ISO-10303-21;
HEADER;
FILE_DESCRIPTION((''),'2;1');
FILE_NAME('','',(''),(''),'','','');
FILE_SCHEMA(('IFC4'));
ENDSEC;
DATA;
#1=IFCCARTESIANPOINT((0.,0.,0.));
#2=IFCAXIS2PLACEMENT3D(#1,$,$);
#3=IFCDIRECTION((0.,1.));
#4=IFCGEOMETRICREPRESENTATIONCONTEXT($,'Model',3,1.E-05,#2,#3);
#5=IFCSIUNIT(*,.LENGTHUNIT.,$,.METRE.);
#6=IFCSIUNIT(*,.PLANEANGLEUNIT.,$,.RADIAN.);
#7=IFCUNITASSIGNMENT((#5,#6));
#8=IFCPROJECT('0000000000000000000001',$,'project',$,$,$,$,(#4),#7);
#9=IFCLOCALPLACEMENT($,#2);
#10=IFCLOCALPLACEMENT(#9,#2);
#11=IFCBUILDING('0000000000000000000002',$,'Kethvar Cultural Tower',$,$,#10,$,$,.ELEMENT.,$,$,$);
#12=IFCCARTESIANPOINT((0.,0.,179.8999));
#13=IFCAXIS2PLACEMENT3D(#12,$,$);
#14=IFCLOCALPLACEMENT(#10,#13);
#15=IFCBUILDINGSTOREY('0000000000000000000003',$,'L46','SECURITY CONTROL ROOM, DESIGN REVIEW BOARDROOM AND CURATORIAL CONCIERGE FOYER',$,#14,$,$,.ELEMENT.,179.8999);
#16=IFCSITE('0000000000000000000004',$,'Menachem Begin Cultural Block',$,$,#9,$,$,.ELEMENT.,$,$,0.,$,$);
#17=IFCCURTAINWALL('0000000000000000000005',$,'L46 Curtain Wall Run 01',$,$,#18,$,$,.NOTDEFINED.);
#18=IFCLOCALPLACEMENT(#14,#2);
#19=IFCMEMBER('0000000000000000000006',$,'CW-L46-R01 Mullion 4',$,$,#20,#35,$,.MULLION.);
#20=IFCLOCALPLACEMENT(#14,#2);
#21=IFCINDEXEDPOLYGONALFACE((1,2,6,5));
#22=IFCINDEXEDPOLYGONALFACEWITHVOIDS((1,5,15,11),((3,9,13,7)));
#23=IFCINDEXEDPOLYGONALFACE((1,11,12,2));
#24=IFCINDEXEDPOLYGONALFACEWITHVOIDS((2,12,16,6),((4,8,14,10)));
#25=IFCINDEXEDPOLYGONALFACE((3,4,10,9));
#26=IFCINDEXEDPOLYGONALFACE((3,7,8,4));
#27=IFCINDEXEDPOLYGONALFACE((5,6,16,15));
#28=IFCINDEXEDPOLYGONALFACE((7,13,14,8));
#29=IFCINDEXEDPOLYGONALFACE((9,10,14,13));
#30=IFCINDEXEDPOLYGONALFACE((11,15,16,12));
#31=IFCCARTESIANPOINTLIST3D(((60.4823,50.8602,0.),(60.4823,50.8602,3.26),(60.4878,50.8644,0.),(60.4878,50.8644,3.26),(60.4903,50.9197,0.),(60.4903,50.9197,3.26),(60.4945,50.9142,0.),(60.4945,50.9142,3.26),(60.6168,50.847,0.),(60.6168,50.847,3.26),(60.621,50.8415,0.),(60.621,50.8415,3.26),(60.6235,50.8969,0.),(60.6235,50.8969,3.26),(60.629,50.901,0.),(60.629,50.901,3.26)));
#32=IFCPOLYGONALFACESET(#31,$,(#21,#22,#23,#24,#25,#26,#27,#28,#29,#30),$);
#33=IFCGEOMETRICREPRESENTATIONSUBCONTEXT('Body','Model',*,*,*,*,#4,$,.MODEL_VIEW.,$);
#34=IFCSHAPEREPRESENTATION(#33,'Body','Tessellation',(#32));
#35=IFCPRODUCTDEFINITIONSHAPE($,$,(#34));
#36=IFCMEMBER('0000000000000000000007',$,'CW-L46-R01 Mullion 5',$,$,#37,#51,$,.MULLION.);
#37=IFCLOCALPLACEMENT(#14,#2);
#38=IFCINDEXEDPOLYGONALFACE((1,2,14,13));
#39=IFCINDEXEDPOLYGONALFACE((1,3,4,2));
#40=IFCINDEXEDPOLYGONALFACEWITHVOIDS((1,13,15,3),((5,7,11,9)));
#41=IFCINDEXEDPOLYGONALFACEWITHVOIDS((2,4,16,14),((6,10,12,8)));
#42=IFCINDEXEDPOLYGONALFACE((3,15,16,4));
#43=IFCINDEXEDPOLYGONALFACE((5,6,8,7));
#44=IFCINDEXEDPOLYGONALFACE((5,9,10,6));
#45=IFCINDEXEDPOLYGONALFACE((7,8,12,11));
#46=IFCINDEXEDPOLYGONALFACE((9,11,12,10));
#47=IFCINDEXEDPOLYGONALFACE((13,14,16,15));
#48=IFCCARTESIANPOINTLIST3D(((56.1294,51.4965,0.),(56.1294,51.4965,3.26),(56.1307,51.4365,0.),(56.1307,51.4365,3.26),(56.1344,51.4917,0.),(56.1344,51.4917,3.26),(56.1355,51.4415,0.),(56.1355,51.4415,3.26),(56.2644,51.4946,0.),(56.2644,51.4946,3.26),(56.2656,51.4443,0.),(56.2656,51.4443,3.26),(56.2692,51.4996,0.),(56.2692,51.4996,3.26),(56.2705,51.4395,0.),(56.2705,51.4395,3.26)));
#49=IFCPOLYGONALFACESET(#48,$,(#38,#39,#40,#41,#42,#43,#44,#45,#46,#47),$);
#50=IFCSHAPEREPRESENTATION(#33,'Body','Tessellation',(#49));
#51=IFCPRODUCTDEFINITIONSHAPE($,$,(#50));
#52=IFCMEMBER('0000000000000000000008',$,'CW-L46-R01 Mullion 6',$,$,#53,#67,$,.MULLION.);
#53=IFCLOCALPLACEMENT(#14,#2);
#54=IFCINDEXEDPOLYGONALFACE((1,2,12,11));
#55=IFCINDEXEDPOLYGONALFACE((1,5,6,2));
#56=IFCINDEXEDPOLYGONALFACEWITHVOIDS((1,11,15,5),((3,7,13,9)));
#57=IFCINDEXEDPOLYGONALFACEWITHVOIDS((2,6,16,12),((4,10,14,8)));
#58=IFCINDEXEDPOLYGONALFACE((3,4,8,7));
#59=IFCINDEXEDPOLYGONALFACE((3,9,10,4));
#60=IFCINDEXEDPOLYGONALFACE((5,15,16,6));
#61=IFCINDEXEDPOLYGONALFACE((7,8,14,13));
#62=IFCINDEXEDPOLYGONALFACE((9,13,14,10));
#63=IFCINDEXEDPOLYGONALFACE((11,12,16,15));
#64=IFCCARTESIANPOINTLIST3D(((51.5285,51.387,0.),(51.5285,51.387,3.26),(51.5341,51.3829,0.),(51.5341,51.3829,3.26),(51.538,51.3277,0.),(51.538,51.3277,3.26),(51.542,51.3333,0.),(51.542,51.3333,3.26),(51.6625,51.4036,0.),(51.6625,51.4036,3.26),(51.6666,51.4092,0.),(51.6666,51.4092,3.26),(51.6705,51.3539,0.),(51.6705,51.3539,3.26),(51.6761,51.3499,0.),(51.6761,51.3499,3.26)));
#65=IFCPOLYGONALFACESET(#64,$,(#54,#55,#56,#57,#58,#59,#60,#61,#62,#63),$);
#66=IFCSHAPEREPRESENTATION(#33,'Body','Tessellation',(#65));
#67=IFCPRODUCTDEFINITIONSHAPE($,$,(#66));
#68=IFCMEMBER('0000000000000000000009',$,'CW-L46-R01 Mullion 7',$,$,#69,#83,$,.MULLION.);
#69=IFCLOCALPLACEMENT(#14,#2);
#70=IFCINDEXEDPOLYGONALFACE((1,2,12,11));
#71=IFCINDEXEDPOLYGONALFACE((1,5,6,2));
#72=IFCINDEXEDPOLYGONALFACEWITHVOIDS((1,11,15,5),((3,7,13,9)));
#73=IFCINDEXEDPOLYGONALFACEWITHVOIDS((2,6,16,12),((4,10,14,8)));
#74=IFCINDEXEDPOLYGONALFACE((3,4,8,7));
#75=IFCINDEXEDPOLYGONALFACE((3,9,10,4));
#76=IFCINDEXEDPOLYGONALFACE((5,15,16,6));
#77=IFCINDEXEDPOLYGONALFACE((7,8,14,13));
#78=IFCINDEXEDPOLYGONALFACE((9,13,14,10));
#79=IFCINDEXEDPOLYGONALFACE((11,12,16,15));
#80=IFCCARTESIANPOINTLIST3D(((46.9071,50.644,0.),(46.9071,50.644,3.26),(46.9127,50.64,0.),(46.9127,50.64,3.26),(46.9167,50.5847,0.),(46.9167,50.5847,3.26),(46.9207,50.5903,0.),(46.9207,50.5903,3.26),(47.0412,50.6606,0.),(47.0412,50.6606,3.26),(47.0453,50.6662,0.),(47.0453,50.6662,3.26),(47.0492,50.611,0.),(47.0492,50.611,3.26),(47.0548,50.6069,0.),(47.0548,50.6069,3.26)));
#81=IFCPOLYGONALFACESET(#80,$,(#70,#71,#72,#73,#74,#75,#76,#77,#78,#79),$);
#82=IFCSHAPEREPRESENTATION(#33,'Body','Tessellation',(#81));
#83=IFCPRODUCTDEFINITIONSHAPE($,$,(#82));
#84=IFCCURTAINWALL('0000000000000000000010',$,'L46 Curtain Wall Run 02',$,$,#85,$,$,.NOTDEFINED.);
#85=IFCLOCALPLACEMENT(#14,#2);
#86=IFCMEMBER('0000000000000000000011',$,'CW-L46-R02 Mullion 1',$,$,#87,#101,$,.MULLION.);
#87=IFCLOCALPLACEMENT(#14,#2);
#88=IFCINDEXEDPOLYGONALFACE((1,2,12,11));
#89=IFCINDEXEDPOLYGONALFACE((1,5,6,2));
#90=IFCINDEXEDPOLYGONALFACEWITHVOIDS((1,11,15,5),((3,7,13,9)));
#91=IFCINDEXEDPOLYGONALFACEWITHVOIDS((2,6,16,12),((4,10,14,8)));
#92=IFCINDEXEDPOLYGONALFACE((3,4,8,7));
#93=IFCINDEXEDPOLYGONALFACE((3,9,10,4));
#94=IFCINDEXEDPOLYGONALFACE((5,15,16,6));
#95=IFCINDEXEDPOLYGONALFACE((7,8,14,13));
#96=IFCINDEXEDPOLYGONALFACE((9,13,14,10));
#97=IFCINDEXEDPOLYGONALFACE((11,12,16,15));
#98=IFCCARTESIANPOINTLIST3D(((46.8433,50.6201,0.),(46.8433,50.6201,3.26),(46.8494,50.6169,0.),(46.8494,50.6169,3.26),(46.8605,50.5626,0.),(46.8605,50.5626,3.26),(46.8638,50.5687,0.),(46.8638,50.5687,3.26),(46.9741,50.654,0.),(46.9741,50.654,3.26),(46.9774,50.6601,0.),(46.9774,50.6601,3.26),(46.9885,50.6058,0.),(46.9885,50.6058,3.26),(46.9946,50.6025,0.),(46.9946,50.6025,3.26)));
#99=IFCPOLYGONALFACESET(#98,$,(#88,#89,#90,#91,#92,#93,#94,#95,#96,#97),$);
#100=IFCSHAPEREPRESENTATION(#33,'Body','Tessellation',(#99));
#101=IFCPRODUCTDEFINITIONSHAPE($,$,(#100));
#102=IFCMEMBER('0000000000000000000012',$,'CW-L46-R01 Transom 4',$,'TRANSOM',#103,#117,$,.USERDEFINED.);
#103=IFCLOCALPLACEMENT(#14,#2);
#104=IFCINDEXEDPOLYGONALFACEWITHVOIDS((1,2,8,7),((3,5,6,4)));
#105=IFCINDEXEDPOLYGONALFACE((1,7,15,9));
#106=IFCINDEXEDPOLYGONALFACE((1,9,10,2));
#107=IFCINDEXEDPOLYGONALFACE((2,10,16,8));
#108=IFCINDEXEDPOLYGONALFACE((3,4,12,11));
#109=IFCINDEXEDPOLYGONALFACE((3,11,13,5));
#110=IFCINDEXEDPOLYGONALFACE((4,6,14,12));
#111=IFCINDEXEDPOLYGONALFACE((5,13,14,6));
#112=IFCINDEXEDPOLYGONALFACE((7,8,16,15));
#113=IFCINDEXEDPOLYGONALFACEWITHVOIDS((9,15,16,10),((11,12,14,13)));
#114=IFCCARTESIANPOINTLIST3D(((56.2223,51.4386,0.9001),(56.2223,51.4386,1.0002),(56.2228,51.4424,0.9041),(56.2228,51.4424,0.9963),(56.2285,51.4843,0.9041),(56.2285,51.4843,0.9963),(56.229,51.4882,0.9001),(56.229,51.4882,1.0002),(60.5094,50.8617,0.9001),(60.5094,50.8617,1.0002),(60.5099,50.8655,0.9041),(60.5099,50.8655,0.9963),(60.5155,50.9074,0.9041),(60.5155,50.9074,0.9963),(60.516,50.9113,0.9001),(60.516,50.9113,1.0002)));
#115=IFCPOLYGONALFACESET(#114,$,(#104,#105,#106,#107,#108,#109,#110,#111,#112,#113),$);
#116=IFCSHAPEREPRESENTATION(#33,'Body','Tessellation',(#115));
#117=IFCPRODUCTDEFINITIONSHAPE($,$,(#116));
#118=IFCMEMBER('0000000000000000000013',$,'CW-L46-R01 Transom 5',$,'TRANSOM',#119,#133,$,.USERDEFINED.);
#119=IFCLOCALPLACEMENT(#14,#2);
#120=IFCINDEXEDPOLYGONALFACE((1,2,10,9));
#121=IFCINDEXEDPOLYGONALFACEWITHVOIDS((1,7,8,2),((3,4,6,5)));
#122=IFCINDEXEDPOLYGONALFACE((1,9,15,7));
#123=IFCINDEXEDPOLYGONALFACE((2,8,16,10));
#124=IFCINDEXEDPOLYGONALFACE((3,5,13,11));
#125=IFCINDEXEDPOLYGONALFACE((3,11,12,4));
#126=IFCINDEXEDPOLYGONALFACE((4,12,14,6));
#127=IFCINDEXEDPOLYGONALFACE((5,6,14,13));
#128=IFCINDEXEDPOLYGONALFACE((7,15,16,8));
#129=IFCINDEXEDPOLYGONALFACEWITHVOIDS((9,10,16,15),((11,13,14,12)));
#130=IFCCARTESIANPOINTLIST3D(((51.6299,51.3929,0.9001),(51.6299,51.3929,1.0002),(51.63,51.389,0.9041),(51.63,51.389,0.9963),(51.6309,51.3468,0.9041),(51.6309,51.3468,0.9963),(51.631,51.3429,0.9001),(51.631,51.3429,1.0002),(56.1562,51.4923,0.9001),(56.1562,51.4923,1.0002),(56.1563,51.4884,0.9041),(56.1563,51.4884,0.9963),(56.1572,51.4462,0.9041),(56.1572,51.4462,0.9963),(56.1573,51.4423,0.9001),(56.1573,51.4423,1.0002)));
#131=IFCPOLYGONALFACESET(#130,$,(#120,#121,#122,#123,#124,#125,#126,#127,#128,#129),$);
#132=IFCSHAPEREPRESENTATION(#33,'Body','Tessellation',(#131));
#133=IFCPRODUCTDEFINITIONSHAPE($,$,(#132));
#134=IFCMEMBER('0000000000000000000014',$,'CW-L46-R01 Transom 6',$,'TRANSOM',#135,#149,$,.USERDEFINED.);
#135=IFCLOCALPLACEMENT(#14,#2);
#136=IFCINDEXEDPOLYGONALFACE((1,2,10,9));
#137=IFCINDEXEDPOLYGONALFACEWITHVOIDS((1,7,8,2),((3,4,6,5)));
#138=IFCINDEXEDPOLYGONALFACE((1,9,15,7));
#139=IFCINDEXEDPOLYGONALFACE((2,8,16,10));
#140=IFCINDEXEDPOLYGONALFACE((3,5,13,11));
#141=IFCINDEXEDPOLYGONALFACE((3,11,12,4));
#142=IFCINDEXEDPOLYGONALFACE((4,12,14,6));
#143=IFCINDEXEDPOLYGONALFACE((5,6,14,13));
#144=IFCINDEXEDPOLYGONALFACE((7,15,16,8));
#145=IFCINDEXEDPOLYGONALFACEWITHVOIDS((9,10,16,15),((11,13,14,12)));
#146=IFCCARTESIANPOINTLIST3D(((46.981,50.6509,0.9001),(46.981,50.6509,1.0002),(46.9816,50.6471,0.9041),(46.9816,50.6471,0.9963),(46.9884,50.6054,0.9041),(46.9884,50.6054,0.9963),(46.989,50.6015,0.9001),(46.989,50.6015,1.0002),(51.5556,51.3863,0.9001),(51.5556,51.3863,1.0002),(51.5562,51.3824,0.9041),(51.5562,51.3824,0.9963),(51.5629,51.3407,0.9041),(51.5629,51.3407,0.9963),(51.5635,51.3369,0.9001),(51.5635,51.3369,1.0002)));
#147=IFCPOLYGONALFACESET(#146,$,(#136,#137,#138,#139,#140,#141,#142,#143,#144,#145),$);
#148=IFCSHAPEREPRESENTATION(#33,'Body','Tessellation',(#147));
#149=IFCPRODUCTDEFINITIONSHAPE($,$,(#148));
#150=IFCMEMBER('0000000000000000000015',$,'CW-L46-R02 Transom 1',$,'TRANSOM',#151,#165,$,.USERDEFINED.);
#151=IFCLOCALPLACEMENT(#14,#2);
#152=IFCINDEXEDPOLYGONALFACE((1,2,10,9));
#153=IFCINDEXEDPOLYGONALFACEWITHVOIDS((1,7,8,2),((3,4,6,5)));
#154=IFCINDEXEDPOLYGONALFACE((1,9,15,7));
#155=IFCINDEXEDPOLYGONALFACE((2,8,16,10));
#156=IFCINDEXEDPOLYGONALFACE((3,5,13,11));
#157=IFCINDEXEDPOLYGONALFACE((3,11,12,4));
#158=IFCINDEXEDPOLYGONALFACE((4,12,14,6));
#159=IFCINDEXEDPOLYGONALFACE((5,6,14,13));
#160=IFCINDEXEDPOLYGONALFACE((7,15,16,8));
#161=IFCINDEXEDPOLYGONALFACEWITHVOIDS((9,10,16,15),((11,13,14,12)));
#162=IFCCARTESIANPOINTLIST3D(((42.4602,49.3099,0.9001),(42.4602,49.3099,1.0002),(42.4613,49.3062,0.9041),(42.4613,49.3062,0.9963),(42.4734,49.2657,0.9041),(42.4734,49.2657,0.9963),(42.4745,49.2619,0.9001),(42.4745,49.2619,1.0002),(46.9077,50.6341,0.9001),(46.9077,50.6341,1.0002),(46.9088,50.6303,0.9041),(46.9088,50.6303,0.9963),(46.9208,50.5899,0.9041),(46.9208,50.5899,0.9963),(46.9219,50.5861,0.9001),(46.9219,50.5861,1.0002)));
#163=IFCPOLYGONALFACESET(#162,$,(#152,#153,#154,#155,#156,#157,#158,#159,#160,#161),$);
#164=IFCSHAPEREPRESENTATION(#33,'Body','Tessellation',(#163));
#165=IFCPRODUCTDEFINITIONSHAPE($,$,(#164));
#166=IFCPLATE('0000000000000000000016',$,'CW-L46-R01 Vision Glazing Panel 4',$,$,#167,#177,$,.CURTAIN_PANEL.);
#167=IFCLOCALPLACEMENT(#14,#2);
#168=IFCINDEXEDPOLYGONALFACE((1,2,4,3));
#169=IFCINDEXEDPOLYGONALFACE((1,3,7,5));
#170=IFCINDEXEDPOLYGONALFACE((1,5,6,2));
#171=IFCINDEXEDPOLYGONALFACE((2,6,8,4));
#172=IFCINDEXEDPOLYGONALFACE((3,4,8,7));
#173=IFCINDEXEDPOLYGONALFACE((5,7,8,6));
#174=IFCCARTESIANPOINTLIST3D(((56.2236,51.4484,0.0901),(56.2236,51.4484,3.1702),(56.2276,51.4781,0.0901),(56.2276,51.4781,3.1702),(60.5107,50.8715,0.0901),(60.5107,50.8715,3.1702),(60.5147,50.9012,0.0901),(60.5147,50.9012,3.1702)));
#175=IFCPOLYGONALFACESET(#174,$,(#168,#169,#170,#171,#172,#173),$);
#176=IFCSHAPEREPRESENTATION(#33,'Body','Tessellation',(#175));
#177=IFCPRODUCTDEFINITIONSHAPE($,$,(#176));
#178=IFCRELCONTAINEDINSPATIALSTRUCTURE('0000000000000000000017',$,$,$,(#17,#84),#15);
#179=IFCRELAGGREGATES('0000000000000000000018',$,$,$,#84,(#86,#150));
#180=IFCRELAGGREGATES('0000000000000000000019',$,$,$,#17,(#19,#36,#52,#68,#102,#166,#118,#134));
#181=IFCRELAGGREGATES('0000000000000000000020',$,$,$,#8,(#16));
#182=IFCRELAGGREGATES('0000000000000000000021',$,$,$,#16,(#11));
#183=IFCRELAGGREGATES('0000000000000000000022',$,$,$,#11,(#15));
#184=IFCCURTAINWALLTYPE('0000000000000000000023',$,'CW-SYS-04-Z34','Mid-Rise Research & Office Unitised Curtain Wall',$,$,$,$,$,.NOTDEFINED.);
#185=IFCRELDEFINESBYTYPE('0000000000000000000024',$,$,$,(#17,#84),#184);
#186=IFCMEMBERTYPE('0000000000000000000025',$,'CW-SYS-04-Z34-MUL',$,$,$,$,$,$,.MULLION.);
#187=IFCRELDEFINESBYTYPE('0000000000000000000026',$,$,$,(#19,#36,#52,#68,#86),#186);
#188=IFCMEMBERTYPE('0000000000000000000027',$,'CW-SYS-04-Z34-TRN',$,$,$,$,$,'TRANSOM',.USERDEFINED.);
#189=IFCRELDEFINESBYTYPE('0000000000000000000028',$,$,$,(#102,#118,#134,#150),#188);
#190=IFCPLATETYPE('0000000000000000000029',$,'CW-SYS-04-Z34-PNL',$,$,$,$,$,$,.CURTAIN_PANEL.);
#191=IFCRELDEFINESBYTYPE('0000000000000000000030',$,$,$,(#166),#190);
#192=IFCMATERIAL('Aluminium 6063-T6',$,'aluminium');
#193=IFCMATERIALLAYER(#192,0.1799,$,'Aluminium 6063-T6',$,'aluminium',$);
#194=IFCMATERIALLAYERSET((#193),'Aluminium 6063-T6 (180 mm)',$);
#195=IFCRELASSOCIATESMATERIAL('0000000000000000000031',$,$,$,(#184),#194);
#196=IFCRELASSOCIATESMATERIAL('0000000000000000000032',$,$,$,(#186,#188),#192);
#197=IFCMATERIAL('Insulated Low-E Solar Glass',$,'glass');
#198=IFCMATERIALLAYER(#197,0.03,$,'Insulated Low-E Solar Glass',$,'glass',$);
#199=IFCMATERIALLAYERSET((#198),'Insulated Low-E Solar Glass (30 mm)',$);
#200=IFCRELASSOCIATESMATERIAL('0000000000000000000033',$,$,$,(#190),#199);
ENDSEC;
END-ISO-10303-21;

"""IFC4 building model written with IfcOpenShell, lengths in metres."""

from ifc_helpers import new_model, si_unit, direction, frame, origin, origin_2d, place, context, subcontext, project, spatial, rectangle, hollow_rectangle, extrude, source, transform, mapped, material, layer, layer_set, material_profile, profile_set, type_object, element, aggregate, save


model = new_model("IFC4")

# Units and contexts
model_context = context("Model", 3, precision=1e-05, world=origin(), true_north=direction((0.0, 1.0)))
body_context = subcontext(model_context, "Body", "Model", "MODEL_VIEW")
ifc_project = project(units=[si_unit("LENGTHUNIT", "METRE"), si_unit("PLANEANGLEUNIT", "RADIAN")], contexts=[model_context])

# Site, building, storey
site_placement = place(None, origin())
site = spatial("IfcSite", under=ifc_project, at=site_placement, Name="Menachem Begin Cultural Block", CompositionType="ELEMENT", RefElevation=0.0)
building_placement = place(site_placement, origin())
building = spatial("IfcBuilding", under=site, at=building_placement, Name="Kethvar Cultural Tower", CompositionType="ELEMENT")
storey_placement = place(building_placement, frame((0.0, 0.0, 179.8999)))
storey = spatial("IfcBuildingStorey", under=building, at=storey_placement, Name="L46", Description="SECURITY CONTROL ROOM, DESIGN REVIEW BOARDROOM AND CURATORIAL CONCIERGE FOYER", CompositionType="ELEMENT", Elevation=179.8999)

# Curtain wall, members
ifc_material_1 = material(Name="Aluminium 6063-T6", Category="aluminium")
ifc_layer_1 = layer(ifc_material_1, 0.1799, Name="Aluminium 6063-T6", Category="aluminium")
ifc_layer_set_1 = layer_set([ifc_layer_1], Name="Aluminium 6063-T6 (180 mm)")
curtain_wall_type = type_object("IfcCurtainWallType", Name="CW-SYS-04-Z34", Description="Mid-Rise Research & Office Unitised Curtain Wall", PredefinedType="NOTDEFINED", material=ifc_layer_set_1)
curtain_wall_1_placement = place(storey_placement, origin())
curtain_wall_1 = element("IfcCurtainWall", 1, at=curtain_wall_1_placement, inside=storey, type_object=curtain_wall_type, Name="L46 Curtain Wall Run 01", PredefinedType="NOTDEFINED")
ifc_material_profile_1 = material_profile(ifc_material_1, hollow_rectangle(XDim=0.0601, YDim=0.1399, WallThickness=0.0049, at=origin_2d()), Name="Aluminium 6063-T6 — RHS140x60x5")
ifc_profile_set_1 = profile_set([ifc_material_profile_1], Name="Aluminium 6063-T6 — RHS140x60x5")
member_type_1 = type_object("IfcMemberType", Name="CW-SYS-04-Z34-MUL", PredefinedType="MULLION", material=ifc_profile_set_1)
shared_shape_1 = source(origin(), body_context, "Body", "SweptSolid", [
    extrude(hollow_rectangle(XDim=0.0601, YDim=0.1399, WallThickness=0.0049, at=origin_2d()), origin(), (0.0, 0.0, 1.0), 3.26),
])
member_1_placement = place(storey_placement, frame((60.5557, 50.8806, 0.0), z_axis=(0.0, 0.0, 1.0), x_axis=(-0.133364, -0.991067, 0.0)))
member_1 = element("IfcMember", 2, at=member_1_placement, type_object=member_type_1, Name="CW-L46-R01 Mullion 4", PredefinedType="MULLION", context=body_context, shape_type="MappedRepresentation", body=[
    mapped(shared_shape_1, transform((0.0, 0.0, 0.0), scale=1.0)),
])
member_2_placement = place(storey_placement, frame((56.2, 51.468, 0.0), z_axis=(0.0, 0.0, 1.0), x_axis=(0.02192, -0.99976, 0.0)))
member_2 = element("IfcMember", 3, at=member_2_placement, type_object=member_type_1, Name="CW-L46-R01 Mullion 5", PredefinedType="MULLION", context=body_context, shape_type="MappedRepresentation", body=[
    mapped(shared_shape_1, transform((0.0, 0.0, 0.0), scale=1.0)),
])
member_3_placement = place(storey_placement, frame((51.6023, 51.3684, 0.0), z_axis=(0.0, 0.0, 1.0), x_axis=(0.15871, -0.987325, 0.0)))
member_3 = element("IfcMember", 4, at=member_3_placement, type_object=member_type_1, Name="CW-L46-R01 Mullion 6", PredefinedType="MULLION", context=body_context, shape_type="MappedRepresentation", body=[
    mapped(shared_shape_1, transform((0.0, 0.0, 0.0), scale=1.0)),
])
member_4_placement = place(storey_placement, frame((46.981, 50.6255, 0.0), z_axis=(0.0, 0.0, 1.0), x_axis=(0.15871, -0.987325, 0.0)))
member_4 = element("IfcMember", 5, at=member_4_placement, type_object=member_type_1, Name="CW-L46-R01 Mullion 7", PredefinedType="MULLION", context=body_context, shape_type="MappedRepresentation", body=[
    mapped(shared_shape_1, transform((0.0, 0.0, 0.0), scale=1.0)),
])

# Curtain wall, member
curtain_wall_2_placement = place(storey_placement, origin())
curtain_wall_2 = element("IfcCurtainWall", 6, at=curtain_wall_2_placement, inside=storey, type_object=curtain_wall_type, Name="L46 Curtain Wall Run 02", PredefinedType="NOTDEFINED")
member_5_placement = place(storey_placement, frame((46.9189, 50.6113, 0.0), z_axis=(0.0, 0.0, 1.0), x_axis=(0.285371, -0.958417, 0.0)))
member_5 = element("IfcMember", 7, at=member_5_placement, type_object=member_type_1, Name="CW-L46-R02 Mullion 1", PredefinedType="MULLION", context=body_context, shape_type="MappedRepresentation", body=[
    mapped(shared_shape_1, transform((0.0, 0.0, 0.0), scale=1.0)),
])

# Members
ifc_material_profile_2 = material_profile(ifc_material_1, hollow_rectangle(XDim=0.05, YDim=0.1001, WallThickness=0.0039, at=origin_2d()), Name="Aluminium 6063-T6 — RHS100x50x4")
ifc_profile_set_2 = profile_set([ifc_material_profile_2], Name="Aluminium 6063-T6 — RHS100x50x4")
member_type_2 = type_object("IfcMemberType", Name="CW-SYS-04-Z34-TRN", ElementType="TRANSOM", PredefinedType="USERDEFINED", material=ifc_profile_set_2)
shared_shape_2 = source(origin(), body_context, "Body", "SweptSolid", [
    extrude(hollow_rectangle(XDim=0.05, YDim=0.1001, WallThickness=0.0039, at=origin_2d()), origin(), (0.0, 0.0, 1.0), 4.3257),
])
member_6_placement = place(storey_placement, frame((60.5127, 50.8865, 0.9502), z_axis=(-0.991067, 0.133365, 0.0), x_axis=(-0.133365, -0.991067, 0.0)))
member_6 = element("IfcMember", 8, at=member_6_placement, type_object=member_type_2, Name="CW-L46-R01 Transom 4", ObjectType="TRANSOM", PredefinedType="USERDEFINED", context=body_context, shape_type="MappedRepresentation", body=[
    mapped(shared_shape_2, transform((0.0, 0.0, 0.0), scale=1.0)),
])
shared_shape_3 = source(origin(), body_context, "Body", "SweptSolid", [
    extrude(hollow_rectangle(XDim=0.05, YDim=0.1001, WallThickness=0.0039, at=origin_2d()), origin(), (0.0, 0.0, 1.0), 4.5273),
])
member_7_placement = place(storey_placement, frame((56.1567, 51.4673, 0.9502), z_axis=(-0.999759, -0.021947, 0.0), x_axis=(0.021947, -0.999759, 0.0)))
member_7 = element("IfcMember", 9, at=member_7_placement, type_object=member_type_2, Name="CW-L46-R01 Transom 5", ObjectType="TRANSOM", PredefinedType="USERDEFINED", context=body_context, shape_type="MappedRepresentation", body=[
    mapped(shared_shape_3, transform((0.0, 0.0, 0.0), scale=1.0)),
])
shared_shape_4 = source(origin(), body_context, "Body", "SweptSolid", [
    extrude(hollow_rectangle(XDim=0.05, YDim=0.1001, WallThickness=0.0039, at=origin_2d()), origin(), (0.0, 0.0, 1.0), 4.6333),
])
member_8_placement = place(storey_placement, frame((51.5596, 51.3616, 0.9502), z_axis=(-0.987325, -0.158714, 0.0), x_axis=(0.158714, -0.987325, 0.0)))
member_8 = element("IfcMember", 10, at=member_8_placement, type_object=member_type_2, Name="CW-L46-R01 Transom 6", ObjectType="TRANSOM", PredefinedType="USERDEFINED", context=body_context, shape_type="MappedRepresentation", body=[
    mapped(shared_shape_4, transform((0.0, 0.0, 0.0), scale=1.0)),
])
shared_shape_5 = source(origin(), body_context, "Body", "SweptSolid", [
    extrude(hollow_rectangle(XDim=0.05, YDim=0.1001, WallThickness=0.0039, at=origin_2d()), origin(), (0.0, 0.0, 1.0), 4.6404),
])
member_9_placement = place(storey_placement, frame((46.9148, 50.6101, 0.9502), z_axis=(-0.958419, -0.285363, 0.0), x_axis=(0.285363, -0.958419, 0.0)))
member_9 = element("IfcMember", 11, at=member_9_placement, type_object=member_type_2, Name="CW-L46-R02 Transom 1", ObjectType="TRANSOM", PredefinedType="USERDEFINED", context=body_context, shape_type="MappedRepresentation", body=[
    mapped(shared_shape_5, transform((0.0, 0.0, 0.0), scale=1.0)),
])
aggregate(curtain_wall_2, [member_5, member_9])

# Plate
ifc_material_2 = material(Name="Insulated Low-E Solar Glass", Category="glass")
ifc_layer_2 = layer(ifc_material_2, 0.03, Name="Insulated Low-E Solar Glass", Category="glass")
ifc_layer_set_2 = layer_set([ifc_layer_2], Name="Insulated Low-E Solar Glass (30 mm)")
plate_type = type_object("IfcPlateType", Name="CW-SYS-04-Z34-PNL", PredefinedType="CURTAIN_PANEL", material=ifc_layer_set_2)
shared_shape_6 = source(origin(), body_context, "Body", "SweptSolid", [
    extrude(rectangle(XDim=4.3257, YDim=0.03, at=origin_2d()), origin(), (0.0, 0.0, 1.0), 3.0801),
])
plate_1_placement = place(storey_placement, frame((58.3691, 51.1748, 0.0901), z_axis=(0.0, 0.0, 1.0), x_axis=(-0.991067, 0.133364, 0.0)))
plate_1 = element("IfcPlate", 12, at=plate_1_placement, type_object=plate_type, Name="CW-L46-R01 Vision Glazing Panel 4", PredefinedType="CURTAIN_PANEL", context=body_context, shape_type="MappedRepresentation", body=[
    mapped(shared_shape_6, transform((0.0, 0.0, 0.0), scale=1.0)),
])
aggregate(curtain_wall_1, [member_1, member_2, member_3, member_4, member_6, plate_1, member_7, member_8])

save(model, "model.ifc")
